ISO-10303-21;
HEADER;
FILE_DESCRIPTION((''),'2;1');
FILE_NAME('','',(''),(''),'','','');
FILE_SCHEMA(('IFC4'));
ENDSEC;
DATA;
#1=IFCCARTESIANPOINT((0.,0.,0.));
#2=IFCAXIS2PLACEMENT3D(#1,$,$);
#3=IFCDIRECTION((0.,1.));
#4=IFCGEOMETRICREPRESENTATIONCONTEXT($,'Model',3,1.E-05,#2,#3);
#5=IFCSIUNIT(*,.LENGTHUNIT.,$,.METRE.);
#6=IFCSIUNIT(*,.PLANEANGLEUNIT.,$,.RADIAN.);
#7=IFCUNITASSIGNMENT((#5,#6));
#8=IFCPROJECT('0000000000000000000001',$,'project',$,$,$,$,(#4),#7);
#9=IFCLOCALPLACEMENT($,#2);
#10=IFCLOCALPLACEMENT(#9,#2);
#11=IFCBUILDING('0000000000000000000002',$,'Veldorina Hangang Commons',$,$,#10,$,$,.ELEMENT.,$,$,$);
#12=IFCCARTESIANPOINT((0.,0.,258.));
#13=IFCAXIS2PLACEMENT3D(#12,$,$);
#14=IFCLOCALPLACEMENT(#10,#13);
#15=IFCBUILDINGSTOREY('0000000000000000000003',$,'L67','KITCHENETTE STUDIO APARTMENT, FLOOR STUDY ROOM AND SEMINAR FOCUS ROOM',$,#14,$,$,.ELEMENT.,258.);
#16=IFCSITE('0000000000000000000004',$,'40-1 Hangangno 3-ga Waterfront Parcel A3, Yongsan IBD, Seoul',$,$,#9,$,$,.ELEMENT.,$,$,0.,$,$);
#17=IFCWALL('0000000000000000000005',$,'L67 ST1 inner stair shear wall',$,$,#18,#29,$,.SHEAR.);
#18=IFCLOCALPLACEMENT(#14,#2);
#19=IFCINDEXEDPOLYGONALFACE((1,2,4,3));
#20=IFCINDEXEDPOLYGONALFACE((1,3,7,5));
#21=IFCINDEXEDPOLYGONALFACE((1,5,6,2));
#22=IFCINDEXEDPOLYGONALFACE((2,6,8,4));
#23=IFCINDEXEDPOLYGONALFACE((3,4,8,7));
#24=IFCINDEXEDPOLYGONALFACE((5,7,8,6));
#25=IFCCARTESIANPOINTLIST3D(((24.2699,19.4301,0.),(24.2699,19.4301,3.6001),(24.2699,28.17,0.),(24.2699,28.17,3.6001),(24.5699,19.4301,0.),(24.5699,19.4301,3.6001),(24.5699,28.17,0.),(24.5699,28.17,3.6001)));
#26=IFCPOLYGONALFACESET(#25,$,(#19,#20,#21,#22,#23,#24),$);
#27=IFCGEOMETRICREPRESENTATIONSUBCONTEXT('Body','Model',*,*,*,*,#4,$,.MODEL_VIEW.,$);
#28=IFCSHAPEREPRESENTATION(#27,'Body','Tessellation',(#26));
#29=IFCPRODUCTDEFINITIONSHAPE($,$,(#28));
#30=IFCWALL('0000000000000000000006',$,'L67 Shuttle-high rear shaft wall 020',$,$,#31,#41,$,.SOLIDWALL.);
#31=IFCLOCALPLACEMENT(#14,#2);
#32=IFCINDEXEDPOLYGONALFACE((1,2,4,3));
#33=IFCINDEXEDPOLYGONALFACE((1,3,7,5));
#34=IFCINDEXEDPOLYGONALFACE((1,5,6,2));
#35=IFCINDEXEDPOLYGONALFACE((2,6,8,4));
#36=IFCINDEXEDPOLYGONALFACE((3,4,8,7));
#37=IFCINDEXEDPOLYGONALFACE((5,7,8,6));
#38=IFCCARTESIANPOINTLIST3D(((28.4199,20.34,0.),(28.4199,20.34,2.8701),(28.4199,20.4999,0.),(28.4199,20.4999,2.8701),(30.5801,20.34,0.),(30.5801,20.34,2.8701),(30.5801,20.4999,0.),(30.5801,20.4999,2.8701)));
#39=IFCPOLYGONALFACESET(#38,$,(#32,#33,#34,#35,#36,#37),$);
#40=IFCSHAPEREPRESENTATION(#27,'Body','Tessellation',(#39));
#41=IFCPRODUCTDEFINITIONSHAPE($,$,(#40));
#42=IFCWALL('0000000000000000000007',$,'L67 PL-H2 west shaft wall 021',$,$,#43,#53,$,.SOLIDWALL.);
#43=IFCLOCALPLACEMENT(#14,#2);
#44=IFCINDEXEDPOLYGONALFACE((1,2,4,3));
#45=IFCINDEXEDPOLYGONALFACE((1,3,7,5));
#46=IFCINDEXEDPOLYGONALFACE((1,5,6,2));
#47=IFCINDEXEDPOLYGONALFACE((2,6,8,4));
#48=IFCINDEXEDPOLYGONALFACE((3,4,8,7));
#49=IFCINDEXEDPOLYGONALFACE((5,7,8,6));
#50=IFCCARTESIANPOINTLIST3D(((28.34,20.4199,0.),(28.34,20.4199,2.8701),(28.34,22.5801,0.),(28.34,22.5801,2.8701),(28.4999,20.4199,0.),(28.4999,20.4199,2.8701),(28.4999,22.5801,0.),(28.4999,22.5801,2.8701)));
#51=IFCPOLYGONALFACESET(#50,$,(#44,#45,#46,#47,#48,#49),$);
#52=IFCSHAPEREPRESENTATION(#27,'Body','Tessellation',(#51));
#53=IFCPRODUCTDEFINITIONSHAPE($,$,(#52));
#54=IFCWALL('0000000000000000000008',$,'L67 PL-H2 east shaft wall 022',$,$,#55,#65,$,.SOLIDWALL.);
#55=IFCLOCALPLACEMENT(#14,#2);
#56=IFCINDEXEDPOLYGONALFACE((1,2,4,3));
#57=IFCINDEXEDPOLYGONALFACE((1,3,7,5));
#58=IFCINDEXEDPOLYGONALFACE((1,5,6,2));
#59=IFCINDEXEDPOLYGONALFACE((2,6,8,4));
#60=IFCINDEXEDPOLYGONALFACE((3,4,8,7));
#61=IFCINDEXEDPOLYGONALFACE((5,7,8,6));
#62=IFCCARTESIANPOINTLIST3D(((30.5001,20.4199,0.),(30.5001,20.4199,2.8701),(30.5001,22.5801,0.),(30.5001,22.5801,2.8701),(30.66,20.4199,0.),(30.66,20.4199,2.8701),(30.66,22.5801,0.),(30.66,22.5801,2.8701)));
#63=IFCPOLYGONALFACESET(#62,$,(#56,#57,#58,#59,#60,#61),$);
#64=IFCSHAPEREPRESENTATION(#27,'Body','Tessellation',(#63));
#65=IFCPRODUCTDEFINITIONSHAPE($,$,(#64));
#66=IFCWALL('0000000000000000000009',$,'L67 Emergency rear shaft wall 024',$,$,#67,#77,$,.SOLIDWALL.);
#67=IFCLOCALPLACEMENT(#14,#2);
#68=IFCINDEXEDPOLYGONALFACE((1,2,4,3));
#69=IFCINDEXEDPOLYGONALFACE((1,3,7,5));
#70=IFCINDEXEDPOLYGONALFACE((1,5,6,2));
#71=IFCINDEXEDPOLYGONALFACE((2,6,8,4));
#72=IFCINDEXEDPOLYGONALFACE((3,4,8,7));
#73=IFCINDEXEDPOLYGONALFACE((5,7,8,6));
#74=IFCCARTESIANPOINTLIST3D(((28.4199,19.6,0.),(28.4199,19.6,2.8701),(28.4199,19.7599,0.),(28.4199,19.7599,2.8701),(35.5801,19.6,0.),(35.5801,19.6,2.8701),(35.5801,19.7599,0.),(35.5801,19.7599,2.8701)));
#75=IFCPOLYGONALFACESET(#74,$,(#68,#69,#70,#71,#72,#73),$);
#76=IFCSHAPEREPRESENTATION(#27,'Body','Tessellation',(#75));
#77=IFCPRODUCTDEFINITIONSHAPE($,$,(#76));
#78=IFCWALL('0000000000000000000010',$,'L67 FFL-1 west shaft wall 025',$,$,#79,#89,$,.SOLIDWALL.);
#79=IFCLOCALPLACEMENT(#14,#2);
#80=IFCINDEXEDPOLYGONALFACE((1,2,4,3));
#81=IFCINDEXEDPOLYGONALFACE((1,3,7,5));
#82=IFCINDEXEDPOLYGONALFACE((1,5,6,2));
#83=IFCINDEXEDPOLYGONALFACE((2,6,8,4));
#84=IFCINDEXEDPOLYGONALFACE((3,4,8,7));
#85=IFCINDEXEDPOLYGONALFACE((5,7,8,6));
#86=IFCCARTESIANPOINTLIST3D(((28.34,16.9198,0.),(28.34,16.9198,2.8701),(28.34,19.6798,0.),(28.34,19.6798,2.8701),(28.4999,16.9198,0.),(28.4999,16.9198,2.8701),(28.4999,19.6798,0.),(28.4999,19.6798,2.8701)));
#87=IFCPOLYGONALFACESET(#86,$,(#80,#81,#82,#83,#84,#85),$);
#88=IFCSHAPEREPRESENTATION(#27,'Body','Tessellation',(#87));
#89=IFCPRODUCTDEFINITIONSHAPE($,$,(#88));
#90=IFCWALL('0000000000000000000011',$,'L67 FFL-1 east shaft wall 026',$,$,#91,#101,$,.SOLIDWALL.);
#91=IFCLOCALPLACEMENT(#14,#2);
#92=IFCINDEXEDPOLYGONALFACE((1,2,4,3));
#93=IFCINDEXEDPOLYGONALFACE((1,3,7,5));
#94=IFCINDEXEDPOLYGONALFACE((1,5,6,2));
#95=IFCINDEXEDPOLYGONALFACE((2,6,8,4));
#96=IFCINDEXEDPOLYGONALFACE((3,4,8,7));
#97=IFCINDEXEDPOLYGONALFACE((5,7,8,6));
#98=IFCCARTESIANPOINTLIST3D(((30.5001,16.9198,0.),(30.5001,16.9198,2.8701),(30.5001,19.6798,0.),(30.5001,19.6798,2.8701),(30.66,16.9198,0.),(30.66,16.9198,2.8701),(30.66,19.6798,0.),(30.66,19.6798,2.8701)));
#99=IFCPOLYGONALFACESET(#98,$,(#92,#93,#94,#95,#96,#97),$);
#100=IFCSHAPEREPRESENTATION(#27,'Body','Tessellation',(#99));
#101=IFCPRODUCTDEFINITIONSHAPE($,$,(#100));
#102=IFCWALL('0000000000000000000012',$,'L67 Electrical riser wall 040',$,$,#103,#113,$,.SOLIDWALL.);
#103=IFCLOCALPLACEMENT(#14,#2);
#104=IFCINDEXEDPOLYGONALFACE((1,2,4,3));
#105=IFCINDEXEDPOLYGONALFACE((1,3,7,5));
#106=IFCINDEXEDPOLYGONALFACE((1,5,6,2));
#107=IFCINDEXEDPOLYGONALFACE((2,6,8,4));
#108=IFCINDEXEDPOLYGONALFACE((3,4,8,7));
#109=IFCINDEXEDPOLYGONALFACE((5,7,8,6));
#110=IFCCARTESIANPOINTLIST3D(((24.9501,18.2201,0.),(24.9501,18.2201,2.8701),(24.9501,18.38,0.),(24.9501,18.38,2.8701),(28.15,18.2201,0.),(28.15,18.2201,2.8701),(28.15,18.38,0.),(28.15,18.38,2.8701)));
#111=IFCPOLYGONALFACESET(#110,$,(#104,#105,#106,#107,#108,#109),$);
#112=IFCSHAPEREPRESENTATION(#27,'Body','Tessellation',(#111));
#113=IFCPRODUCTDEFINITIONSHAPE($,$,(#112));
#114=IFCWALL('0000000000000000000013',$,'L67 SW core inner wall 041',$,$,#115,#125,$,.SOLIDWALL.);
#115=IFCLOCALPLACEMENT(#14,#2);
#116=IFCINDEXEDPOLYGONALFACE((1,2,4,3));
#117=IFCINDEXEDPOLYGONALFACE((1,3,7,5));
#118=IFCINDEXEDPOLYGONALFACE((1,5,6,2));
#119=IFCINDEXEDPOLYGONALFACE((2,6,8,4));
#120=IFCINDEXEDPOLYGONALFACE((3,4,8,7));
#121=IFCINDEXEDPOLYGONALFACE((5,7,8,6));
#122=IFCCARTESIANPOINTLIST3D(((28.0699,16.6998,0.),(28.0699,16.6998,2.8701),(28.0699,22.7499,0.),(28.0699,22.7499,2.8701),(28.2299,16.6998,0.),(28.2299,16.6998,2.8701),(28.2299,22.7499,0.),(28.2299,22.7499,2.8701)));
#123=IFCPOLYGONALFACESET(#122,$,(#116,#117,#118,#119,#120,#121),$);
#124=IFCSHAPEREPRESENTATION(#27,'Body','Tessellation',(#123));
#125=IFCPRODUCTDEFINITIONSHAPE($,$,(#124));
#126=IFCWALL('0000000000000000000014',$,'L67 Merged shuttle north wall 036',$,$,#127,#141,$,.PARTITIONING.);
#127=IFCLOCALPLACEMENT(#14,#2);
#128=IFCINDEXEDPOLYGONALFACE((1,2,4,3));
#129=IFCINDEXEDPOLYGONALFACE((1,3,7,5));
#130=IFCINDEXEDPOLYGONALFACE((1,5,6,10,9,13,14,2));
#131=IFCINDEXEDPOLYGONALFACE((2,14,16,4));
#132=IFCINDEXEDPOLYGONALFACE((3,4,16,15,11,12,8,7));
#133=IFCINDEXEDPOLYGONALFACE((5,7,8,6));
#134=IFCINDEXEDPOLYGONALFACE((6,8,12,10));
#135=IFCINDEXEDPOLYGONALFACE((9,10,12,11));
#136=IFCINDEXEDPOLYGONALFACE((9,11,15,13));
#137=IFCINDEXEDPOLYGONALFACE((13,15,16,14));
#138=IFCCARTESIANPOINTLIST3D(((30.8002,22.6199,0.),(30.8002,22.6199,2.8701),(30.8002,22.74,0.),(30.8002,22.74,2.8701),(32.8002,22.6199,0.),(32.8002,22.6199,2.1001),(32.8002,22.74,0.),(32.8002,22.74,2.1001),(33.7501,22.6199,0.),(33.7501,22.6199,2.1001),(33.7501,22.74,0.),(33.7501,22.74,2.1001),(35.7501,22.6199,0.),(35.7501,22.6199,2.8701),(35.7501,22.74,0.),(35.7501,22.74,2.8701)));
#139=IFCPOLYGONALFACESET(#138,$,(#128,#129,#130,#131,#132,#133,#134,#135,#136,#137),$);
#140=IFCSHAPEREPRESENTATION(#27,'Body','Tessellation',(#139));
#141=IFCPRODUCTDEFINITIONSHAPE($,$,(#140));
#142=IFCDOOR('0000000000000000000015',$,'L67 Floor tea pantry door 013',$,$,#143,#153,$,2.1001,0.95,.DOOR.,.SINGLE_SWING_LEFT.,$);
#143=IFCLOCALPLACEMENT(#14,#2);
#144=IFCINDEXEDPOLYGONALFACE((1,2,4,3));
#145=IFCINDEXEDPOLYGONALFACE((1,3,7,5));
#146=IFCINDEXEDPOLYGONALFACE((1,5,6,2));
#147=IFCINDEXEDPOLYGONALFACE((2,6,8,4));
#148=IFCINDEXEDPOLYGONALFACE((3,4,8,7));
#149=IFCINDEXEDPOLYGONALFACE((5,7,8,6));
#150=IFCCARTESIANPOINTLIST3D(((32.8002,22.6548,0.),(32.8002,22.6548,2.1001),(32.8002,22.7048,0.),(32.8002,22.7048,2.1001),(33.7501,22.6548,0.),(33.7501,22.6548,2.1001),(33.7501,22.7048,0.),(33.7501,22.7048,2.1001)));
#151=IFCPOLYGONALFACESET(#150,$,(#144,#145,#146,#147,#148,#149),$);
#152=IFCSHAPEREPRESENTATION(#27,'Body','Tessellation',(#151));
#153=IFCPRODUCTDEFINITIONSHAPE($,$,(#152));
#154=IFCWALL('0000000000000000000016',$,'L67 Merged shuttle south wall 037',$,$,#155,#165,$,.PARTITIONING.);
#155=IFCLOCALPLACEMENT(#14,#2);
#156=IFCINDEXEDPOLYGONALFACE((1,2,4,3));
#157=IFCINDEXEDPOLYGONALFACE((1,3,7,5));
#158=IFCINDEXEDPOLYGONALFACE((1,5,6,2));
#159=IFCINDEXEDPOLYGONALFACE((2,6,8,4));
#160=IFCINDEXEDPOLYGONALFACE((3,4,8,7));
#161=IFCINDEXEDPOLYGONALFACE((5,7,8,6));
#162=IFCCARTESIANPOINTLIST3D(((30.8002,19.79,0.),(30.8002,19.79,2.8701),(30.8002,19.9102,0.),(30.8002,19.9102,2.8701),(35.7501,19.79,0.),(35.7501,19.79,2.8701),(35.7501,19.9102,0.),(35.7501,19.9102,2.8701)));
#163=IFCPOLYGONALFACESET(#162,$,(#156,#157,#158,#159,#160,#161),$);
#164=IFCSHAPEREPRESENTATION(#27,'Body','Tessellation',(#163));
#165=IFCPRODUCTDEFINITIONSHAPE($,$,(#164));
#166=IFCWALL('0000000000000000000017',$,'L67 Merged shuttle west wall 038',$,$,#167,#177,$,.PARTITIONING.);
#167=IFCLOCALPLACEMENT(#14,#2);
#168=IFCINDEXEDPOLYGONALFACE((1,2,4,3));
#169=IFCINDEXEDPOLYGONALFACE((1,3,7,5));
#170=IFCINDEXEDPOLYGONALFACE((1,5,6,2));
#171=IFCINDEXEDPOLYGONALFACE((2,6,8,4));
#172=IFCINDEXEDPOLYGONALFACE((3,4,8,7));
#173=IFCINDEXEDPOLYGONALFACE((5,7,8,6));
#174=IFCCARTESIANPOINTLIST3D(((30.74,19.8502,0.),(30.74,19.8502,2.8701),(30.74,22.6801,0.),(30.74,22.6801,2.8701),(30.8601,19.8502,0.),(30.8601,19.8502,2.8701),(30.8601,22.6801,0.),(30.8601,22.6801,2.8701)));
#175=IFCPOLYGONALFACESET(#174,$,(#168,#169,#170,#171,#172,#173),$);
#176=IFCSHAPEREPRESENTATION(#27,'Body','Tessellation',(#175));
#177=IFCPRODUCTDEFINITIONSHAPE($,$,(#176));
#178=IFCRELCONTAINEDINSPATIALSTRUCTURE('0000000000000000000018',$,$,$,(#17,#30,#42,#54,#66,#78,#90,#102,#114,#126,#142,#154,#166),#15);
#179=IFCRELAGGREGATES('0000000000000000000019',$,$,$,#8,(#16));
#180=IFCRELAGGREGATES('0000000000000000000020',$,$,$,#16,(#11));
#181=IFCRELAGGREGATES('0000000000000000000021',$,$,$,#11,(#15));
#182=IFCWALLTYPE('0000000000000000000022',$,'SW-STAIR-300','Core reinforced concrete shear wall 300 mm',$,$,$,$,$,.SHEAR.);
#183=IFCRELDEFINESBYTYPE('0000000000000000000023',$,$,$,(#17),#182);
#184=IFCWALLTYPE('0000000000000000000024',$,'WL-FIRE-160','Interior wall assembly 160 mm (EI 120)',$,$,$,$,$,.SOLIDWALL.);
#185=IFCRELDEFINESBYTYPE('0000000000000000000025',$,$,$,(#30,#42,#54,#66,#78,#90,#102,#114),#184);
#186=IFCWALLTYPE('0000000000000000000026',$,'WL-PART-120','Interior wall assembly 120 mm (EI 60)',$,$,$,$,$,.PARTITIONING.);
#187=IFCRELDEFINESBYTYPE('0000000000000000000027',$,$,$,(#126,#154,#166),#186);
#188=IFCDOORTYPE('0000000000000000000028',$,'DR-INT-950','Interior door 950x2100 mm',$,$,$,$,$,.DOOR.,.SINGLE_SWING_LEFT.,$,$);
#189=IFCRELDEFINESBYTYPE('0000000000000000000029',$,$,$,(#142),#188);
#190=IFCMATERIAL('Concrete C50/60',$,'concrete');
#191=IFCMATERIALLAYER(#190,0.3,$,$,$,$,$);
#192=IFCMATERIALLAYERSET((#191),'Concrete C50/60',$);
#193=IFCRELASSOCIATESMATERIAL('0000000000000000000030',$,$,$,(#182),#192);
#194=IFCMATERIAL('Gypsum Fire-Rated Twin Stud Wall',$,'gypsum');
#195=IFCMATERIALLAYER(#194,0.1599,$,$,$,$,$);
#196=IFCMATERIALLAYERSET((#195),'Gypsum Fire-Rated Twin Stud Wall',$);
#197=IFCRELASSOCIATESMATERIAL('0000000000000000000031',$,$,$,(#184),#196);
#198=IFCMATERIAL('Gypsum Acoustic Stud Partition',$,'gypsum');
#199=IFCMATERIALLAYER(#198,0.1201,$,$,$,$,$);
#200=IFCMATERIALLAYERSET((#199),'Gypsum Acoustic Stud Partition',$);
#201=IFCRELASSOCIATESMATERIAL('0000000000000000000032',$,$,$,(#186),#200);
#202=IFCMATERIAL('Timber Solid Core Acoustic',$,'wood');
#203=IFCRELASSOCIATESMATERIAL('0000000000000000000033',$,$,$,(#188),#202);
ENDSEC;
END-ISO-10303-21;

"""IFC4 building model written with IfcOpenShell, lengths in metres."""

from ifc_helpers import new_model, si_unit, direction, frame, frame_2d, origin, place, context, subcontext, project, spatial, rectangle, extrude, material, layer, layer_set, type_object, element, fill, save


model = new_model("IFC4")

# Units and contexts
model_context = context("Model", 3, precision=1e-05, world=origin(), true_north=direction((0.0, 1.0)))
body_context = subcontext(model_context, "Body", "Model", "MODEL_VIEW")
ifc_project = project(units=[si_unit("LENGTHUNIT", "METRE"), si_unit("PLANEANGLEUNIT", "RADIAN")], contexts=[model_context])

# Site, building, storey
site_placement = place(None, origin())
site = spatial("IfcSite", under=ifc_project, at=site_placement, Name="40-1 Hangangno 3-ga Waterfront Parcel A3, Yongsan IBD, Seoul", CompositionType="ELEMENT", RefElevation=0.0)
building_placement = place(site_placement, origin())
building = spatial("IfcBuilding", under=site, at=building_placement, Name="Veldorina Hangang Commons", CompositionType="ELEMENT")
storey_placement = place(building_placement, frame((0.0, 0.0, 258.0)))
storey = spatial("IfcBuildingStorey", under=building, at=storey_placement, Name="L67", Description="KITCHENETTE STUDIO APARTMENT, FLOOR STUDY ROOM AND SEMINAR FOCUS ROOM", CompositionType="ELEMENT", Elevation=258.0)

# Shared definitions
ifc_material_1 = material(Name="Concrete C50/60", Category="concrete")

# Wall
ifc_layer_1 = layer(ifc_material_1, 0.3)
ifc_layer_set_1 = layer_set([ifc_layer_1], Name="Concrete C50/60")
wall_type_1 = type_object("IfcWallType", Name="SW-STAIR-300", Description="Core reinforced concrete shear wall 300 mm", PredefinedType="SHEAR", material=ifc_layer_set_1)
wall_1_placement = place(storey_placement, frame((24.4199, 19.4299, 0.0), z_axis=(0.0, 0.0, 1.0), x_axis=(0.0, 1.0, 0.0)))
element("IfcWall", 1, at=wall_1_placement, inside=storey, type_object=wall_type_1, Name="L67 ST1 inner stair shear wall", PredefinedType="SHEAR", context=body_context, shape_type="SweptSolid", body=[
    extrude(rectangle(XDim=8.74, YDim=0.3, at=frame_2d((4.3701, 0.0))), origin(), (0.0, 0.0, 1.0), 3.6001),
])

# Shared definitions
ifc_material_2 = material(Name="Gypsum Fire-Rated Twin Stud Wall", Category="gypsum")
ifc_layer_2 = layer(ifc_material_2, 0.1599)
ifc_layer_set_2 = layer_set([ifc_layer_2], Name="Gypsum Fire-Rated Twin Stud Wall")
wall_type_2 = type_object("IfcWallType", Name="WL-FIRE-160", Description="Interior wall assembly 160 mm (EI 120)", PredefinedType="SOLIDWALL", material=ifc_layer_set_2)

# Walls
for number, where, z_axis, x_axis, name in (
    (2, (28.4199, 20.4199, 0.0), (0.0, 0.0, 1.0), (1.0, 0.0, 0.0), "L67 Shuttle-high rear shaft wall 020"),
    (3, (28.4199, 20.4199, 0.0), (0.0, 0.0, 1.0), (0.0, 1.0, 0.0), "L67 PL-H2 west shaft wall 021"),
    (4, (30.5801, 20.4199, 0.0), (0.0, 0.0, 1.0), (0.0, 1.0, 0.0), "L67 PL-H2 east shaft wall 022"),
):
    element("IfcWall", number, at=place(storey_placement, frame(where, z_axis=z_axis, x_axis=x_axis)), inside=storey, type_object=wall_type_2, Name=name, PredefinedType="SOLIDWALL", context=body_context, shape_type="SweptSolid", body=[
        extrude(rectangle(XDim=2.1602, YDim=0.1599, at=frame_2d((1.0801, 0.0))), origin(), (0.0, 0.0, 1.0), 2.8701),
    ])

# Walls
wall_2_placement = place(storey_placement, frame((28.4199, 19.6799, 0.0), z_axis=(0.0, 0.0, 1.0), x_axis=(1.0, 0.0, 0.0)))
element("IfcWall", 5, at=wall_2_placement, inside=storey, type_object=wall_type_2, Name="L67 Emergency rear shaft wall 024", PredefinedType="SOLIDWALL", context=body_context, shape_type="SweptSolid", body=[
    extrude(rectangle(XDim=7.1602, YDim=0.1599, at=frame_2d((3.5801, 0.0))), origin(), (0.0, 0.0, 1.0), 2.8701),
])
for number, where, z_axis, x_axis, name in (
    (6, (28.4199, 16.9199, 0.0), (0.0, 0.0, 1.0), (0.0, 1.0, 0.0), "L67 FFL-1 west shaft wall 025"),
    (7, (30.5801, 16.9199, 0.0), (0.0, 0.0, 1.0), (0.0, 1.0, 0.0), "L67 FFL-1 east shaft wall 026"),
):
    element("IfcWall", number, at=place(storey_placement, frame(where, z_axis=z_axis, x_axis=x_axis)), inside=storey, type_object=wall_type_2, Name=name, PredefinedType="SOLIDWALL", context=body_context, shape_type="SweptSolid", body=[
        extrude(rectangle(XDim=2.76, YDim=0.1599, at=frame_2d((1.3799, 0.0))), origin(), (0.0, 0.0, 1.0), 2.8701),
    ])
wall_3_placement = place(storey_placement, frame((24.95, 18.3, 0.0), z_axis=(0.0, 0.0, 1.0), x_axis=(1.0, 0.0, 0.0)))
element("IfcWall", 8, at=wall_3_placement, inside=storey, type_object=wall_type_2, Name="L67 Electrical riser wall 040", PredefinedType="SOLIDWALL", context=body_context, shape_type="SweptSolid", body=[
    extrude(rectangle(XDim=3.2, YDim=0.1599, at=frame_2d((1.6001, 0.0))), origin(), (0.0, 0.0, 1.0), 2.8701),
])
wall_4_placement = place(storey_placement, frame((28.1499, 16.7, 0.0), z_axis=(0.0, 0.0, 1.0), x_axis=(0.0, 1.0, 0.0)))
element("IfcWall", 9, at=wall_4_placement, inside=storey, type_object=wall_type_2, Name="L67 SW core inner wall 041", PredefinedType="SOLIDWALL", context=body_context, shape_type="SweptSolid", body=[
    extrude(rectangle(XDim=6.05, YDim=0.1599, at=frame_2d((3.0249, 0.0))), origin(), (0.0, 0.0, 1.0), 2.8701),
])

# Wall, opening, door
ifc_material_3 = material(Name="Gypsum Acoustic Stud Partition", Category="gypsum")
ifc_layer_3 = layer(ifc_material_3, 0.1201)
ifc_layer_set_3 = layer_set([ifc_layer_3], Name="Gypsum Acoustic Stud Partition")
wall_type_3 = type_object("IfcWallType", Name="WL-PART-120", Description="Interior wall assembly 120 mm (EI 60)", PredefinedType="PARTITIONING", material=ifc_layer_set_3)
wall_5_placement = place(storey_placement, frame((30.8, 22.6799, 0.0), z_axis=(0.0, 0.0, 1.0), x_axis=(1.0, 0.0, 0.0)))
wall_5 = element("IfcWall", 10, at=wall_5_placement, inside=storey, type_object=wall_type_3, Name="L67 Merged shuttle north wall 036", PredefinedType="PARTITIONING", context=body_context, shape_type="SweptSolid", body=[
    extrude(rectangle(XDim=4.95, YDim=0.1201, at=frame_2d((2.4751, 0.0))), origin(), (0.0, 0.0, 1.0), 2.8701),
])
opening_1_placement = place(wall_5_placement, frame((2.0, 0.0, 0.0)))
opening_1 = element("IfcOpeningElement", 11, at=opening_1_placement, cuts=wall_5, PredefinedType="OPENING", context=body_context, shape_type="SweptSolid", body=[
    extrude(rectangle(XDim=0.95, YDim=2.1001, at=frame_2d((0.4751, 1.05))), frame((0.0, 0.0701, 0.0), z_axis=(0.0, -1.0, 0.0), x_axis=(1.0, 0.0, 0.0)), (0.0, 0.0, 1.0), 0.1401),
])
ifc_material_4 = material(Name="Timber Solid Core Acoustic", Category="wood")
door_type_1 = type_object("IfcDoorType", Name="DR-INT-950", Description="Interior door 950x2100 mm", OperationType="SINGLE_SWING_LEFT", PredefinedType="DOOR", material=ifc_material_4)
door_1_placement = place(opening_1_placement, origin())
door_1 = element("IfcDoor", 12, at=door_1_placement, inside=storey, type_object=door_type_1, Name="L67 Floor tea pantry door 013", OperationType="SINGLE_SWING_LEFT", OverallHeight=2.1001, OverallWidth=0.95, PredefinedType="DOOR", context=body_context, shape_type="SweptSolid", body=[
    extrude(rectangle(XDim=0.95, YDim=2.1001, at=frame_2d((0.4751, 1.05))), frame((0.0, 0.0249, 0.0), z_axis=(0.0, -1.0, 0.0), x_axis=(1.0, 0.0, 0.0)), (0.0, 0.0, 1.0), 0.05),
])
fill(opening_1, door_1)

# Walls
wall_6_placement = place(storey_placement, frame((30.8, 19.8501, 0.0), z_axis=(0.0, 0.0, 1.0), x_axis=(1.0, 0.0, 0.0)))
element("IfcWall", 13, at=wall_6_placement, inside=storey, type_object=wall_type_3, Name="L67 Merged shuttle south wall 037", PredefinedType="PARTITIONING", context=body_context, shape_type="SweptSolid", body=[
    extrude(rectangle(XDim=4.95, YDim=0.1201, at=frame_2d((2.4751, 0.0))), origin(), (0.0, 0.0, 1.0), 2.8701),
])
wall_7_placement = place(storey_placement, frame((30.8, 19.8501, 0.0), z_axis=(0.0, 0.0, 1.0), x_axis=(0.0, 1.0, 0.0)))
element("IfcWall", 14, at=wall_7_placement, inside=storey, type_object=wall_type_3, Name="L67 Merged shuttle west wall 038", PredefinedType="PARTITIONING", context=body_context, shape_type="SweptSolid", body=[
    extrude(rectangle(XDim=2.8298, YDim=0.1201, at=frame_2d((1.415, 0.0))), origin(), (0.0, 0.0, 1.0), 2.8701),
])

save(model, "model.ifc")
